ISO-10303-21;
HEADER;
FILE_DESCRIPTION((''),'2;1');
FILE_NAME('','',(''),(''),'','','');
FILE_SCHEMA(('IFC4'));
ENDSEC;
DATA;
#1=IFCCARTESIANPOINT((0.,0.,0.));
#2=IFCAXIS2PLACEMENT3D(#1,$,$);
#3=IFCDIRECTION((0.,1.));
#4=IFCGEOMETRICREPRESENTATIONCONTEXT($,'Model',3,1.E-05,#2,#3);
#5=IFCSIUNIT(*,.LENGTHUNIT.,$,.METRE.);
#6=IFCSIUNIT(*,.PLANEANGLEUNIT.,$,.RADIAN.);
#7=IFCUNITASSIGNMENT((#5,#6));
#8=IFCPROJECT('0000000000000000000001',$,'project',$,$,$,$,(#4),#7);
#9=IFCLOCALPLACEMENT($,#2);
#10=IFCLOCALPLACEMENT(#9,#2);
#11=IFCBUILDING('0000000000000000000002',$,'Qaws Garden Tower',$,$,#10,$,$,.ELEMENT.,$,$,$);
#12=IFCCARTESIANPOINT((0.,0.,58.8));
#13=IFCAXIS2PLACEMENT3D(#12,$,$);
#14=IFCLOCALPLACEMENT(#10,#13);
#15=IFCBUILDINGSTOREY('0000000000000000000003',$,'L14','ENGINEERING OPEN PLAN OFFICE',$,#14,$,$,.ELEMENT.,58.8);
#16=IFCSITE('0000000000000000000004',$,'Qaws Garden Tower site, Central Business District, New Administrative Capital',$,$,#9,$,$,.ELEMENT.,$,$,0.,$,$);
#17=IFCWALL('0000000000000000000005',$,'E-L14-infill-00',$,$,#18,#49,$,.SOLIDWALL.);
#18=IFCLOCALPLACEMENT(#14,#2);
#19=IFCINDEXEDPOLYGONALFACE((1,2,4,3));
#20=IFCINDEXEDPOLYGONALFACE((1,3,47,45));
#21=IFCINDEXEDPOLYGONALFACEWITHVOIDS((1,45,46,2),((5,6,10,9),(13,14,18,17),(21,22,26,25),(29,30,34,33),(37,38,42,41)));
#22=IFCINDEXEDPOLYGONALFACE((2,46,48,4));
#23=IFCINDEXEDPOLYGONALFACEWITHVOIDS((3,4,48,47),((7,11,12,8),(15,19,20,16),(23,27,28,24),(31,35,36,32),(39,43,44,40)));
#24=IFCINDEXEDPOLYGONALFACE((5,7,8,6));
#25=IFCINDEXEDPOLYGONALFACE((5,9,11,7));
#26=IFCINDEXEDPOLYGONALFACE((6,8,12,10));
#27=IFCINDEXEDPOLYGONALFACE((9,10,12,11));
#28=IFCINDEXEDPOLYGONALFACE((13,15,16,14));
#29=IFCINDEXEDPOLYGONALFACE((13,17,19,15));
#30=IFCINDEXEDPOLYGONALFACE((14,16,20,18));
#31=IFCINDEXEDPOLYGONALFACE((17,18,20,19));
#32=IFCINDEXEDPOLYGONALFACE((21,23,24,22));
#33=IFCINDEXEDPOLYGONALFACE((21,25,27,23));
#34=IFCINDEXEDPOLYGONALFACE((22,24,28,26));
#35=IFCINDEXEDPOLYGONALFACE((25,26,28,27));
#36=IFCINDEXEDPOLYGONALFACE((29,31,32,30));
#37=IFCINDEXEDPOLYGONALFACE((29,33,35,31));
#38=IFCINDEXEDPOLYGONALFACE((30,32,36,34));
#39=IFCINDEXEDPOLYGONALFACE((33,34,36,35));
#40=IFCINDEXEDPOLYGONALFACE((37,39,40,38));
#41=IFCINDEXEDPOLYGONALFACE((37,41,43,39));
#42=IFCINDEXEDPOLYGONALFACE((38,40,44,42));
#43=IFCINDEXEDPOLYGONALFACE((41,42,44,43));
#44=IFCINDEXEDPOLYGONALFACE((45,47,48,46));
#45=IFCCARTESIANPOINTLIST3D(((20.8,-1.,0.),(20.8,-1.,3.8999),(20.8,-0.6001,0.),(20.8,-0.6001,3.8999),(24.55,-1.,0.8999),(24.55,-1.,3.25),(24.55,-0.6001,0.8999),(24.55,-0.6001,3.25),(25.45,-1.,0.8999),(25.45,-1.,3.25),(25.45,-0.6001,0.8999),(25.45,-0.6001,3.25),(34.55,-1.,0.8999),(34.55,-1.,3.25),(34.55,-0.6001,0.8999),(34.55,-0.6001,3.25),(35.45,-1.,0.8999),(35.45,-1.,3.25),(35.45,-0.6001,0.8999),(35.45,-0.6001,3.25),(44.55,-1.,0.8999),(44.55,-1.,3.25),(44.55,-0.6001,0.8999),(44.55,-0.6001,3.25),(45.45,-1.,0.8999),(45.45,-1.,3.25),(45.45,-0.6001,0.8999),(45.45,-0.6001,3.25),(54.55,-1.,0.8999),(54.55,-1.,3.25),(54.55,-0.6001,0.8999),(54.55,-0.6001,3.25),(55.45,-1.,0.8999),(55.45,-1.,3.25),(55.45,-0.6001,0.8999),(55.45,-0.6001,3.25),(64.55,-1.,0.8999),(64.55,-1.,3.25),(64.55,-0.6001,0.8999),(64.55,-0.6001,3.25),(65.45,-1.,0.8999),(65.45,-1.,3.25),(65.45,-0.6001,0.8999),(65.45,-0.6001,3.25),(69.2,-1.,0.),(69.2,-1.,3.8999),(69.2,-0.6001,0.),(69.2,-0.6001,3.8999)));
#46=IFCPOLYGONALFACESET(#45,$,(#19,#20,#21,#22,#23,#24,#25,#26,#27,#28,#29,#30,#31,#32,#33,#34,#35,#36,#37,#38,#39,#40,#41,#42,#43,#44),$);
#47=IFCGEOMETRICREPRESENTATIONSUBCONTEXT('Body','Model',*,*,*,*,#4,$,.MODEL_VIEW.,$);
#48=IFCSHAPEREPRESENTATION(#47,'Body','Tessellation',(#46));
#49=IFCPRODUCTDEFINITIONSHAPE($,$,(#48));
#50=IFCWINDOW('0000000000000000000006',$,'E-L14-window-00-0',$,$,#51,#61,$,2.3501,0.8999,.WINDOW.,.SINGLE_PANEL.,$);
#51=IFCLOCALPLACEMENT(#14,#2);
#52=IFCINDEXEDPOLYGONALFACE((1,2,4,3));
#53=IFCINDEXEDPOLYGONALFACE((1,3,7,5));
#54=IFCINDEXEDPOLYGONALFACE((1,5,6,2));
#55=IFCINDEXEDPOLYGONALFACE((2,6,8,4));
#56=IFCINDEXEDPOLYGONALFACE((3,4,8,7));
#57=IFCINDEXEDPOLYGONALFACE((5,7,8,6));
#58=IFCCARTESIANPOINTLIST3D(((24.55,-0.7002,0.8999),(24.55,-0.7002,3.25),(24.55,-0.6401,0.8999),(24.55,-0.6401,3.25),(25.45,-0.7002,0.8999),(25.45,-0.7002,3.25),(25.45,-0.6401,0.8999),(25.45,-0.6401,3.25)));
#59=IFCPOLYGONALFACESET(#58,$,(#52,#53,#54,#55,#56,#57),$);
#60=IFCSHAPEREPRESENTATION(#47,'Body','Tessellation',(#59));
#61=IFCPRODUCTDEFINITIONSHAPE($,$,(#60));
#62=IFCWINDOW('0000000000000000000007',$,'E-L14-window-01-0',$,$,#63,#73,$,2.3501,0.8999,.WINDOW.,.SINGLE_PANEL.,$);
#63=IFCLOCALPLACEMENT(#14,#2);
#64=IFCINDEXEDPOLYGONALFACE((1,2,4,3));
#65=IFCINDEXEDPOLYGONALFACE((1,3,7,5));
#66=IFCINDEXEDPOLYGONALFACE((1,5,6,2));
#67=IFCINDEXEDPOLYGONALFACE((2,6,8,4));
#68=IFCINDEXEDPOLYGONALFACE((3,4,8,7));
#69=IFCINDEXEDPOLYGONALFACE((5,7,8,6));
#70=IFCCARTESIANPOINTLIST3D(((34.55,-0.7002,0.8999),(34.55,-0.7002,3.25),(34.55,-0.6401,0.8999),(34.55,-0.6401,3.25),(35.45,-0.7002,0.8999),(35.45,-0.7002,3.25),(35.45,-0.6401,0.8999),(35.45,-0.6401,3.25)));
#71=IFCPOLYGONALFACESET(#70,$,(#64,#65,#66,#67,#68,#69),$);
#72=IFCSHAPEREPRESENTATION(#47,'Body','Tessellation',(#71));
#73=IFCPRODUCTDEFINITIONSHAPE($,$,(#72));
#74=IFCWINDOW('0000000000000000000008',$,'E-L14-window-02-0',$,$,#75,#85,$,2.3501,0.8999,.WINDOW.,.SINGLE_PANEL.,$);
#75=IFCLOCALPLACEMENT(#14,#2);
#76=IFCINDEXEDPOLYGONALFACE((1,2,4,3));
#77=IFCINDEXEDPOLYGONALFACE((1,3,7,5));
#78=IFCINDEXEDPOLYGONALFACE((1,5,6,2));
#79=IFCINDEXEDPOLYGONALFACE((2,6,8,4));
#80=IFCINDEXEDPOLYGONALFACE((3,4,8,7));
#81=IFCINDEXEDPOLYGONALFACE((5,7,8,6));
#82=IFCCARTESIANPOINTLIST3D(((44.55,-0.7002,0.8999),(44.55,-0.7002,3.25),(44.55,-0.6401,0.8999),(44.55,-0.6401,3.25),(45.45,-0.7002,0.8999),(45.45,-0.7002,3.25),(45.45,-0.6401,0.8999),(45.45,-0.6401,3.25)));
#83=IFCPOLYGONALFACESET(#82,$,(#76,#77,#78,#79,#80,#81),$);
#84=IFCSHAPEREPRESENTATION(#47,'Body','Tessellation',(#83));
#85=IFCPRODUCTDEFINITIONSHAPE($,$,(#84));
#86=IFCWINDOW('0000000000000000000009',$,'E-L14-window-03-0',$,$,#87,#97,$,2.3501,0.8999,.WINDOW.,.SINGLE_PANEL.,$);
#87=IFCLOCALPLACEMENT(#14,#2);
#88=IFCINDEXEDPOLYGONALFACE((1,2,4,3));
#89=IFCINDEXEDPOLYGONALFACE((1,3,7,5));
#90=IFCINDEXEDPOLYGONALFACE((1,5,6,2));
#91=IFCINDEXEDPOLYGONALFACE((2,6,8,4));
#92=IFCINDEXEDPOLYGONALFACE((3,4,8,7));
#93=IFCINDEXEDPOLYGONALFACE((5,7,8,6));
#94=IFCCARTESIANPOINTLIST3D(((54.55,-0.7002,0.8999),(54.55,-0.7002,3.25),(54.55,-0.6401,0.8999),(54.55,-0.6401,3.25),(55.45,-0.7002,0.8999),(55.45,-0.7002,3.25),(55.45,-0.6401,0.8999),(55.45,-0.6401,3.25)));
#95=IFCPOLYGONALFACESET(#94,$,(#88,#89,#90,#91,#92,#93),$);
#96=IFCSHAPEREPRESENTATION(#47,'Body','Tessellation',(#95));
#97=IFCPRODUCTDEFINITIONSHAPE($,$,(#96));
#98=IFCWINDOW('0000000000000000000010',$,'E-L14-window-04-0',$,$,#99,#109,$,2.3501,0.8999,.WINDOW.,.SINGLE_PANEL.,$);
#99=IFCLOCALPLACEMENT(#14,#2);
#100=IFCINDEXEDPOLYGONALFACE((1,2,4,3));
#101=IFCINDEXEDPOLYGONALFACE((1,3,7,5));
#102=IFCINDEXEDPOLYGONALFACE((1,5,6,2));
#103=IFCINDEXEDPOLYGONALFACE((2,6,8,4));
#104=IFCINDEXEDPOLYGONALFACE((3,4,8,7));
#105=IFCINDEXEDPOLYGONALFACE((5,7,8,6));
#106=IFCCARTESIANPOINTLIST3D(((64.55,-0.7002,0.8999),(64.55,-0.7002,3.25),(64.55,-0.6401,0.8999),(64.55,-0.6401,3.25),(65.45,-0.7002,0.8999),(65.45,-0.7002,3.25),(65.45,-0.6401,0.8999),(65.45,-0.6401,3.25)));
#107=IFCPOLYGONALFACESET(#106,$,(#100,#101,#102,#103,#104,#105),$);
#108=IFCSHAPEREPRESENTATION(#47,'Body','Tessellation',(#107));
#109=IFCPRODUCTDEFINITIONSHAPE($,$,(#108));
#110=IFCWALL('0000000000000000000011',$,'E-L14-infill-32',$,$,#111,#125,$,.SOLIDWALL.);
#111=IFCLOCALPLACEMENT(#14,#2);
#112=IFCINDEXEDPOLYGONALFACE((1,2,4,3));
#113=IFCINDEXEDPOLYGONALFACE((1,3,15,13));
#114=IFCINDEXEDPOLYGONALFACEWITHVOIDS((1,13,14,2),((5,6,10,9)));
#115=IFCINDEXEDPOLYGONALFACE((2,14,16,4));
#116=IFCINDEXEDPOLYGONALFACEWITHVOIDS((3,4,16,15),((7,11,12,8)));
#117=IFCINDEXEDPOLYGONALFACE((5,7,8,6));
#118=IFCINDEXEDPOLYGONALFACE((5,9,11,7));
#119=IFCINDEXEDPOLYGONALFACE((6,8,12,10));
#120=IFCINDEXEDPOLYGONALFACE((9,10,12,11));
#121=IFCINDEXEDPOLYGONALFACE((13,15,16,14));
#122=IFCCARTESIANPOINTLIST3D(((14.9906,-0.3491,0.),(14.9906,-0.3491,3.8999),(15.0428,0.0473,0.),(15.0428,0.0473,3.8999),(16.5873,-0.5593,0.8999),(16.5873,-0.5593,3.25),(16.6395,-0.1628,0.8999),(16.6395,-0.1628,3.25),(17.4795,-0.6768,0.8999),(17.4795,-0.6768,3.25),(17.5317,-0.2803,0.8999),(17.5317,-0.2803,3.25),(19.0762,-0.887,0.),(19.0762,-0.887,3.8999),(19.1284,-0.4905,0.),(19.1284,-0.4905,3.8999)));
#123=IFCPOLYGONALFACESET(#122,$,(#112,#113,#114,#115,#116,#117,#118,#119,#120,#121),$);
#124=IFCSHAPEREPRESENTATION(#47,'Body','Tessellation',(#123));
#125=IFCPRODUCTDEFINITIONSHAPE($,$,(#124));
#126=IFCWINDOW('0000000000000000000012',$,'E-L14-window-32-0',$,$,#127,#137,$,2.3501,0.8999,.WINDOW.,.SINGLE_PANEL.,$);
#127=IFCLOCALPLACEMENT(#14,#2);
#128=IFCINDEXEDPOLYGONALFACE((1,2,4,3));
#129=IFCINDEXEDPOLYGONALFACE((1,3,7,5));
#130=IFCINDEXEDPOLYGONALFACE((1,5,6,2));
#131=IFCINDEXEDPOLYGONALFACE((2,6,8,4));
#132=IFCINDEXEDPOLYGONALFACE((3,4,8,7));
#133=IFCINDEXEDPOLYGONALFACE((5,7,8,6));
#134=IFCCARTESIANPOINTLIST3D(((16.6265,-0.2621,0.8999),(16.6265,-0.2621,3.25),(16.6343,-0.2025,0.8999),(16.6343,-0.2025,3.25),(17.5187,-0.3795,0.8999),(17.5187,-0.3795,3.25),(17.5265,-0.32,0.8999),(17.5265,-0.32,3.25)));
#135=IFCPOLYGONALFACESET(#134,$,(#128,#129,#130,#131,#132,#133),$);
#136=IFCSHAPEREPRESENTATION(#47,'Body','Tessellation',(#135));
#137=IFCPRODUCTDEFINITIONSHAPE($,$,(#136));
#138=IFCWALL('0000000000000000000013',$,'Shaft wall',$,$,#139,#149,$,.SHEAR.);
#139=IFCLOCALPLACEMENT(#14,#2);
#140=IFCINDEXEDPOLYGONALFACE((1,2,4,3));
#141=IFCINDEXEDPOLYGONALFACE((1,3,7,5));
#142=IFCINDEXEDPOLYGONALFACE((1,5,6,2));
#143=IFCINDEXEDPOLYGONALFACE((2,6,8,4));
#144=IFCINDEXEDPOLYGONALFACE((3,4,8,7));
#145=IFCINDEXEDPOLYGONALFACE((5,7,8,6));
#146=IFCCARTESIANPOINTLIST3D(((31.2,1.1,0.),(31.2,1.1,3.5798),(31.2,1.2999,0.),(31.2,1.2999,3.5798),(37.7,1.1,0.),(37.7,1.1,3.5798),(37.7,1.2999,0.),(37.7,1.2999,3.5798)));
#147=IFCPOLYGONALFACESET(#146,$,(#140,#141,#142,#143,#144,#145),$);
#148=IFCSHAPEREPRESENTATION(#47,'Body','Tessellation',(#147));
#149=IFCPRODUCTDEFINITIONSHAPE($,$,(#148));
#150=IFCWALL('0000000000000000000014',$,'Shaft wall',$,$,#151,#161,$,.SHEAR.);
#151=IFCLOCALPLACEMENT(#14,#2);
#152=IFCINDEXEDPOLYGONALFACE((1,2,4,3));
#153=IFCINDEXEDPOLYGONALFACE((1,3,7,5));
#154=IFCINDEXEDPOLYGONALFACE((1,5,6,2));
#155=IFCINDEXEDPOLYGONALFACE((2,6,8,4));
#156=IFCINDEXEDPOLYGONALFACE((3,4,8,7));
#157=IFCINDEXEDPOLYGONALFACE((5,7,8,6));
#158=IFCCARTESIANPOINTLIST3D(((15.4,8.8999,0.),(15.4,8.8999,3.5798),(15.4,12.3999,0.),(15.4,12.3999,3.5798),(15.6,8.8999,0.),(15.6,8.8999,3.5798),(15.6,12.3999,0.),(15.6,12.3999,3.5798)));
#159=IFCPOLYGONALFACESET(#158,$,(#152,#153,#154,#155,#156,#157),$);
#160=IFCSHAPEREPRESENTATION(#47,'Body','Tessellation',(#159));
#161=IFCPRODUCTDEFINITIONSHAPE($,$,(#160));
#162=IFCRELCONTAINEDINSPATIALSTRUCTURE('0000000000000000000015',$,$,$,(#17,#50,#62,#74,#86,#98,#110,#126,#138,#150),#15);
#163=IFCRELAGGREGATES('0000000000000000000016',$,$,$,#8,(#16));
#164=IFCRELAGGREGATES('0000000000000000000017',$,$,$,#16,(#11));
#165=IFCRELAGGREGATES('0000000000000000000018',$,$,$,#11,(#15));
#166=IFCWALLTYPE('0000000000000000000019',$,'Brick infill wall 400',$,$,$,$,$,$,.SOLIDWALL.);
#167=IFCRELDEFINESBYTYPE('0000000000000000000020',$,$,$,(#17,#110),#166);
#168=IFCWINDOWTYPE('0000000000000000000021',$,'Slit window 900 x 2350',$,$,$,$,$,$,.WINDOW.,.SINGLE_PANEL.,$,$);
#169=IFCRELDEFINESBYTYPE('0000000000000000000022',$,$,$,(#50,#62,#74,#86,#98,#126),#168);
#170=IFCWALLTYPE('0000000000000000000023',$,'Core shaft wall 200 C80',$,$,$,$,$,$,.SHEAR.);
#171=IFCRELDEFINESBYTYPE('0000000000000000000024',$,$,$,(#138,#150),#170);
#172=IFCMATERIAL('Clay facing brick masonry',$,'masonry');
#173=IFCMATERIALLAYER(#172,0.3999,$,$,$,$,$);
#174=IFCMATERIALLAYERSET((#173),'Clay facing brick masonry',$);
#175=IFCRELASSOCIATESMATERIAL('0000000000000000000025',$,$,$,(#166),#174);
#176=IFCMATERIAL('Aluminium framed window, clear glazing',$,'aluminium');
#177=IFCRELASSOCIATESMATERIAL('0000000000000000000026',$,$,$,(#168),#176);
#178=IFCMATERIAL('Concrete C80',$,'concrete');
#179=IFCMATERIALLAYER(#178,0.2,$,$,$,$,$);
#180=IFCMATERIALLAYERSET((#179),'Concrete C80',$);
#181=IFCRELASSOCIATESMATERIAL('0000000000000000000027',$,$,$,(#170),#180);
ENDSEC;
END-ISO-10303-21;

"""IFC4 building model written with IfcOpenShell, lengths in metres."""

from ifc_helpers import new_model, si_unit, direction, frame, frame_2d, origin, place, context, subcontext, project, spatial, rectangle, extrude, material, layer, layer_set, type_object, element, fill, save


model = new_model("IFC4")

# Units and contexts
model_context = context("Model", 3, precision=1e-05, world=origin(), true_north=direction((0.0, 1.0)))
body_context = subcontext(model_context, "Body", "Model", "MODEL_VIEW")
ifc_project = project(units=[si_unit("LENGTHUNIT", "METRE"), si_unit("PLANEANGLEUNIT", "RADIAN")], contexts=[model_context])

# Site, building, storey
site_placement = place(None, origin())
site = spatial("IfcSite", under=ifc_project, at=site_placement, Name="Qaws Garden Tower site, Central Business District, New Administrative Capital", CompositionType="ELEMENT", RefElevation=0.0)
building_placement = place(site_placement, origin())
building = spatial("IfcBuilding", under=site, at=building_placement, Name="Qaws Garden Tower", CompositionType="ELEMENT")
storey_placement = place(building_placement, frame((0.0, 0.0, 58.8)))
storey = spatial("IfcBuildingStorey", under=building, at=storey_placement, Name="L14", Description="ENGINEERING OPEN PLAN OFFICE", CompositionType="ELEMENT", Elevation=58.8)

# Wall, openings, windows
ifc_material_1 = material(Name="Clay facing brick masonry", Category="masonry")
ifc_layer_1 = layer(ifc_material_1, 0.3999)
ifc_layer_set_1 = layer_set([ifc_layer_1], Name="Clay facing brick masonry")
wall_type_1 = type_object("IfcWallType", Name="Brick infill wall 400", PredefinedType="SOLIDWALL", material=ifc_layer_set_1)
wall_1_placement = place(storey_placement, frame((20.8, -0.8, 0.0), z_axis=(0.0, 0.0, 1.0), x_axis=(1.0, 0.0, 0.0)))
wall_1 = element("IfcWall", 1, at=wall_1_placement, inside=storey, type_object=wall_type_1, Name="E-L14-infill-00", PredefinedType="SOLIDWALL", context=body_context, shape_type="SweptSolid", body=[
    extrude(rectangle(XDim=48.3999, YDim=0.3999, at=frame_2d((24.2, 0.0))), origin(), (0.0, 0.0, 1.0), 3.8999),
])
opening_1_placement = place(wall_1_placement, frame((3.75, 0.0, 0.8999)))
opening_1 = element("IfcOpeningElement", 2, at=opening_1_placement, cuts=wall_1, PredefinedType="OPENING", context=body_context, shape_type="SweptSolid", body=[
    extrude(rectangle(XDim=0.8999, YDim=2.3501, at=frame_2d((0.45, 1.175))), frame((0.0, 0.21, 0.0), z_axis=(0.0, -1.0, 0.0), x_axis=(1.0, 0.0, 0.0)), (0.0, 0.0, 1.0), 0.4199),
])
opening_2_placement = place(wall_1_placement, frame((13.75, 0.0, 0.8999)))
opening_2 = element("IfcOpeningElement", 3, at=opening_2_placement, cuts=wall_1, PredefinedType="OPENING", context=body_context, shape_type="SweptSolid", body=[
    extrude(rectangle(XDim=0.8999, YDim=2.3501, at=frame_2d((0.45, 1.175))), frame((0.0, 0.21, 0.0), z_axis=(0.0, -1.0, 0.0), x_axis=(1.0, 0.0, 0.0)), (0.0, 0.0, 1.0), 0.4199),
])
opening_3_placement = place(wall_1_placement, frame((23.75, 0.0, 0.8999)))
opening_3 = element("IfcOpeningElement", 4, at=opening_3_placement, cuts=wall_1, PredefinedType="OPENING", context=body_context, shape_type="SweptSolid", body=[
    extrude(rectangle(XDim=0.8999, YDim=2.3501, at=frame_2d((0.45, 1.175))), frame((0.0, 0.21, 0.0), z_axis=(0.0, -1.0, 0.0), x_axis=(1.0, 0.0, 0.0)), (0.0, 0.0, 1.0), 0.4199),
])
opening_4_placement = place(wall_1_placement, frame((33.75, 0.0, 0.8999)))
opening_4 = element("IfcOpeningElement", 5, at=opening_4_placement, cuts=wall_1, PredefinedType="OPENING", context=body_context, shape_type="SweptSolid", body=[
    extrude(rectangle(XDim=0.8999, YDim=2.3501, at=frame_2d((0.45, 1.175))), frame((0.0, 0.21, 0.0), z_axis=(0.0, -1.0, 0.0), x_axis=(1.0, 0.0, 0.0)), (0.0, 0.0, 1.0), 0.4199),
])
opening_5_placement = place(wall_1_placement, frame((43.75, 0.0, 0.8999)))
opening_5 = element("IfcOpeningElement", 6, at=opening_5_placement, cuts=wall_1, PredefinedType="OPENING", context=body_context, shape_type="SweptSolid", body=[
    extrude(rectangle(XDim=0.8999, YDim=2.3501, at=frame_2d((0.45, 1.175))), frame((0.0, 0.21, 0.0), z_axis=(0.0, -1.0, 0.0), x_axis=(1.0, 0.0, 0.0)), (0.0, 0.0, 1.0), 0.4199),
])
ifc_material_2 = material(Name="Aluminium framed window, clear glazing", Category="aluminium")
window_type = type_object("IfcWindowType", Name="Slit window 900 x 2350", PartitioningType="SINGLE_PANEL", PredefinedType="WINDOW", material=ifc_material_2)
window_1_placement = place(opening_1_placement, origin())
window_1 = element("IfcWindow", 7, at=window_1_placement, inside=storey, type_object=window_type, Name="E-L14-window-00-0", OverallHeight=2.3501, OverallWidth=0.8999, PartitioningType="SINGLE_PANEL", PredefinedType="WINDOW", context=body_context, shape_type="SweptSolid", body=[
    extrude(rectangle(XDim=0.8999, YDim=2.3501, at=frame_2d((0.45, 1.175))), frame((0.0, 0.1599, 0.0), z_axis=(0.0, -1.0, 0.0), x_axis=(1.0, 0.0, 0.0)), (0.0, 0.0, 1.0), 0.0601),
])
fill(opening_1, window_1)
window_2_placement = place(opening_2_placement, origin())
window_2 = element("IfcWindow", 8, at=window_2_placement, inside=storey, type_object=window_type, Name="E-L14-window-01-0", OverallHeight=2.3501, OverallWidth=0.8999, PartitioningType="SINGLE_PANEL", PredefinedType="WINDOW", context=body_context, shape_type="SweptSolid", body=[
    extrude(rectangle(XDim=0.8999, YDim=2.3501, at=frame_2d((0.45, 1.175))), frame((0.0, 0.1599, 0.0), z_axis=(0.0, -1.0, 0.0), x_axis=(1.0, 0.0, 0.0)), (0.0, 0.0, 1.0), 0.0601),
])
fill(opening_2, window_2)
window_3_placement = place(opening_3_placement, origin())
window_3 = element("IfcWindow", 9, at=window_3_placement, inside=storey, type_object=window_type, Name="E-L14-window-02-0", OverallHeight=2.3501, OverallWidth=0.8999, PartitioningType="SINGLE_PANEL", PredefinedType="WINDOW", context=body_context, shape_type="SweptSolid", body=[
    extrude(rectangle(XDim=0.8999, YDim=2.3501, at=frame_2d((0.45, 1.175))), frame((0.0, 0.1599, 0.0), z_axis=(0.0, -1.0, 0.0), x_axis=(1.0, 0.0, 0.0)), (0.0, 0.0, 1.0), 0.0601),
])
fill(opening_3, window_3)
window_4_placement = place(opening_4_placement, origin())
window_4 = element("IfcWindow", 10, at=window_4_placement, inside=storey, type_object=window_type, Name="E-L14-window-03-0", OverallHeight=2.3501, OverallWidth=0.8999, PartitioningType="SINGLE_PANEL", PredefinedType="WINDOW", context=body_context, shape_type="SweptSolid", body=[
    extrude(rectangle(XDim=0.8999, YDim=2.3501, at=frame_2d((0.45, 1.175))), frame((0.0, 0.1599, 0.0), z_axis=(0.0, -1.0, 0.0), x_axis=(1.0, 0.0, 0.0)), (0.0, 0.0, 1.0), 0.0601),
])
fill(opening_4, window_4)
window_5_placement = place(opening_5_placement, origin())
window_5 = element("IfcWindow", 11, at=window_5_placement, inside=storey, type_object=window_type, Name="E-L14-window-04-0", OverallHeight=2.3501, OverallWidth=0.8999, PartitioningType="SINGLE_PANEL", PredefinedType="WINDOW", context=body_context, shape_type="SweptSolid", body=[
    extrude(rectangle(XDim=0.8999, YDim=2.3501, at=frame_2d((0.45, 1.175))), frame((0.0, 0.1599, 0.0), z_axis=(0.0, -1.0, 0.0), x_axis=(1.0, 0.0, 0.0)), (0.0, 0.0, 1.0), 0.0601),
])
fill(opening_5, window_5)

# Wall, opening, window
wall_2_placement = place(storey_placement, frame((15.0166, -0.1509, 0.0), z_axis=(0.0, 0.0, 1.0), x_axis=(0.991446, -0.130514, 0.0)))
wall_2 = element("IfcWall", 12, at=wall_2_placement, inside=storey, type_object=wall_type_1, Name="E-L14-infill-32", PredefinedType="SOLIDWALL", context=body_context, shape_type="SweptSolid", body=[
    extrude(rectangle(XDim=4.1208, YDim=0.3999, at=frame_2d((2.0605, 0.0))), origin(), (0.0, 0.0, 1.0), 3.8999),
])
opening_6_placement = place(wall_2_placement, frame((1.6106, 0.0, 0.8999)))
opening_6 = element("IfcOpeningElement", 13, at=opening_6_placement, cuts=wall_2, PredefinedType="OPENING", context=body_context, shape_type="SweptSolid", body=[
    extrude(rectangle(XDim=0.8999, YDim=2.3501, at=frame_2d((0.45, 1.175))), frame((0.0, 0.21, 0.0), z_axis=(0.0, -1.0, 0.0), x_axis=(1.0, 0.0, 0.0)), (0.0, 0.0, 1.0), 0.4199),
])
window_6_placement = place(opening_6_placement, origin())
window_6 = element("IfcWindow", 14, at=window_6_placement, inside=storey, type_object=window_type, Name="E-L14-window-32-0", OverallHeight=2.3501, OverallWidth=0.8999, PartitioningType="SINGLE_PANEL", PredefinedType="WINDOW", context=body_context, shape_type="SweptSolid", body=[
    extrude(rectangle(XDim=0.8999, YDim=2.3501, at=frame_2d((0.45, 1.175))), frame((0.0, 0.1599, 0.0), z_axis=(0.0, -1.0, 0.0), x_axis=(1.0, 0.0, 0.0)), (0.0, 0.0, 1.0), 0.0601),
])
fill(opening_6, window_6)

# Walls
ifc_material_3 = material(Name="Concrete C80", Category="concrete")
ifc_layer_2 = layer(ifc_material_3, 0.2)
ifc_layer_set_2 = layer_set([ifc_layer_2], Name="Concrete C80")
wall_type_2 = type_object("IfcWallType", Name="Core shaft wall 200 C80", PredefinedType="SHEAR", material=ifc_layer_set_2)
wall_3_placement = place(storey_placement, frame((31.2, 1.2, 0.0), z_axis=(0.0, 0.0, 1.0), x_axis=(1.0, 0.0, 0.0)))
element("IfcWall", 15, at=wall_3_placement, inside=storey, type_object=wall_type_2, Name="Shaft wall", PredefinedType="SHEAR", context=body_context, shape_type="SweptSolid", body=[
    extrude(rectangle(XDim=6.5, YDim=0.2, at=frame_2d((3.25, 0.0))), origin(), (0.0, 0.0, 1.0), 3.5798),
])
for number, where, z_axis, x_axis, name in (
    (16, (15.5, 8.8999, 0.0), (0.0, 0.0, 1.0), (0.0, 1.0, 0.0), "Shaft wall"),
):
    element("IfcWall", number, at=place(storey_placement, frame(where, z_axis=z_axis, x_axis=x_axis)), inside=storey, type_object=wall_type_2, Name=name, PredefinedType="SHEAR", context=body_context, shape_type="SweptSolid", body=[
        extrude(rectangle(XDim=3.5, YDim=0.2, at=frame_2d((1.75, 0.0))), origin(), (0.0, 0.0, 1.0), 3.5798),
    ])

save(model, "model.ifc")
